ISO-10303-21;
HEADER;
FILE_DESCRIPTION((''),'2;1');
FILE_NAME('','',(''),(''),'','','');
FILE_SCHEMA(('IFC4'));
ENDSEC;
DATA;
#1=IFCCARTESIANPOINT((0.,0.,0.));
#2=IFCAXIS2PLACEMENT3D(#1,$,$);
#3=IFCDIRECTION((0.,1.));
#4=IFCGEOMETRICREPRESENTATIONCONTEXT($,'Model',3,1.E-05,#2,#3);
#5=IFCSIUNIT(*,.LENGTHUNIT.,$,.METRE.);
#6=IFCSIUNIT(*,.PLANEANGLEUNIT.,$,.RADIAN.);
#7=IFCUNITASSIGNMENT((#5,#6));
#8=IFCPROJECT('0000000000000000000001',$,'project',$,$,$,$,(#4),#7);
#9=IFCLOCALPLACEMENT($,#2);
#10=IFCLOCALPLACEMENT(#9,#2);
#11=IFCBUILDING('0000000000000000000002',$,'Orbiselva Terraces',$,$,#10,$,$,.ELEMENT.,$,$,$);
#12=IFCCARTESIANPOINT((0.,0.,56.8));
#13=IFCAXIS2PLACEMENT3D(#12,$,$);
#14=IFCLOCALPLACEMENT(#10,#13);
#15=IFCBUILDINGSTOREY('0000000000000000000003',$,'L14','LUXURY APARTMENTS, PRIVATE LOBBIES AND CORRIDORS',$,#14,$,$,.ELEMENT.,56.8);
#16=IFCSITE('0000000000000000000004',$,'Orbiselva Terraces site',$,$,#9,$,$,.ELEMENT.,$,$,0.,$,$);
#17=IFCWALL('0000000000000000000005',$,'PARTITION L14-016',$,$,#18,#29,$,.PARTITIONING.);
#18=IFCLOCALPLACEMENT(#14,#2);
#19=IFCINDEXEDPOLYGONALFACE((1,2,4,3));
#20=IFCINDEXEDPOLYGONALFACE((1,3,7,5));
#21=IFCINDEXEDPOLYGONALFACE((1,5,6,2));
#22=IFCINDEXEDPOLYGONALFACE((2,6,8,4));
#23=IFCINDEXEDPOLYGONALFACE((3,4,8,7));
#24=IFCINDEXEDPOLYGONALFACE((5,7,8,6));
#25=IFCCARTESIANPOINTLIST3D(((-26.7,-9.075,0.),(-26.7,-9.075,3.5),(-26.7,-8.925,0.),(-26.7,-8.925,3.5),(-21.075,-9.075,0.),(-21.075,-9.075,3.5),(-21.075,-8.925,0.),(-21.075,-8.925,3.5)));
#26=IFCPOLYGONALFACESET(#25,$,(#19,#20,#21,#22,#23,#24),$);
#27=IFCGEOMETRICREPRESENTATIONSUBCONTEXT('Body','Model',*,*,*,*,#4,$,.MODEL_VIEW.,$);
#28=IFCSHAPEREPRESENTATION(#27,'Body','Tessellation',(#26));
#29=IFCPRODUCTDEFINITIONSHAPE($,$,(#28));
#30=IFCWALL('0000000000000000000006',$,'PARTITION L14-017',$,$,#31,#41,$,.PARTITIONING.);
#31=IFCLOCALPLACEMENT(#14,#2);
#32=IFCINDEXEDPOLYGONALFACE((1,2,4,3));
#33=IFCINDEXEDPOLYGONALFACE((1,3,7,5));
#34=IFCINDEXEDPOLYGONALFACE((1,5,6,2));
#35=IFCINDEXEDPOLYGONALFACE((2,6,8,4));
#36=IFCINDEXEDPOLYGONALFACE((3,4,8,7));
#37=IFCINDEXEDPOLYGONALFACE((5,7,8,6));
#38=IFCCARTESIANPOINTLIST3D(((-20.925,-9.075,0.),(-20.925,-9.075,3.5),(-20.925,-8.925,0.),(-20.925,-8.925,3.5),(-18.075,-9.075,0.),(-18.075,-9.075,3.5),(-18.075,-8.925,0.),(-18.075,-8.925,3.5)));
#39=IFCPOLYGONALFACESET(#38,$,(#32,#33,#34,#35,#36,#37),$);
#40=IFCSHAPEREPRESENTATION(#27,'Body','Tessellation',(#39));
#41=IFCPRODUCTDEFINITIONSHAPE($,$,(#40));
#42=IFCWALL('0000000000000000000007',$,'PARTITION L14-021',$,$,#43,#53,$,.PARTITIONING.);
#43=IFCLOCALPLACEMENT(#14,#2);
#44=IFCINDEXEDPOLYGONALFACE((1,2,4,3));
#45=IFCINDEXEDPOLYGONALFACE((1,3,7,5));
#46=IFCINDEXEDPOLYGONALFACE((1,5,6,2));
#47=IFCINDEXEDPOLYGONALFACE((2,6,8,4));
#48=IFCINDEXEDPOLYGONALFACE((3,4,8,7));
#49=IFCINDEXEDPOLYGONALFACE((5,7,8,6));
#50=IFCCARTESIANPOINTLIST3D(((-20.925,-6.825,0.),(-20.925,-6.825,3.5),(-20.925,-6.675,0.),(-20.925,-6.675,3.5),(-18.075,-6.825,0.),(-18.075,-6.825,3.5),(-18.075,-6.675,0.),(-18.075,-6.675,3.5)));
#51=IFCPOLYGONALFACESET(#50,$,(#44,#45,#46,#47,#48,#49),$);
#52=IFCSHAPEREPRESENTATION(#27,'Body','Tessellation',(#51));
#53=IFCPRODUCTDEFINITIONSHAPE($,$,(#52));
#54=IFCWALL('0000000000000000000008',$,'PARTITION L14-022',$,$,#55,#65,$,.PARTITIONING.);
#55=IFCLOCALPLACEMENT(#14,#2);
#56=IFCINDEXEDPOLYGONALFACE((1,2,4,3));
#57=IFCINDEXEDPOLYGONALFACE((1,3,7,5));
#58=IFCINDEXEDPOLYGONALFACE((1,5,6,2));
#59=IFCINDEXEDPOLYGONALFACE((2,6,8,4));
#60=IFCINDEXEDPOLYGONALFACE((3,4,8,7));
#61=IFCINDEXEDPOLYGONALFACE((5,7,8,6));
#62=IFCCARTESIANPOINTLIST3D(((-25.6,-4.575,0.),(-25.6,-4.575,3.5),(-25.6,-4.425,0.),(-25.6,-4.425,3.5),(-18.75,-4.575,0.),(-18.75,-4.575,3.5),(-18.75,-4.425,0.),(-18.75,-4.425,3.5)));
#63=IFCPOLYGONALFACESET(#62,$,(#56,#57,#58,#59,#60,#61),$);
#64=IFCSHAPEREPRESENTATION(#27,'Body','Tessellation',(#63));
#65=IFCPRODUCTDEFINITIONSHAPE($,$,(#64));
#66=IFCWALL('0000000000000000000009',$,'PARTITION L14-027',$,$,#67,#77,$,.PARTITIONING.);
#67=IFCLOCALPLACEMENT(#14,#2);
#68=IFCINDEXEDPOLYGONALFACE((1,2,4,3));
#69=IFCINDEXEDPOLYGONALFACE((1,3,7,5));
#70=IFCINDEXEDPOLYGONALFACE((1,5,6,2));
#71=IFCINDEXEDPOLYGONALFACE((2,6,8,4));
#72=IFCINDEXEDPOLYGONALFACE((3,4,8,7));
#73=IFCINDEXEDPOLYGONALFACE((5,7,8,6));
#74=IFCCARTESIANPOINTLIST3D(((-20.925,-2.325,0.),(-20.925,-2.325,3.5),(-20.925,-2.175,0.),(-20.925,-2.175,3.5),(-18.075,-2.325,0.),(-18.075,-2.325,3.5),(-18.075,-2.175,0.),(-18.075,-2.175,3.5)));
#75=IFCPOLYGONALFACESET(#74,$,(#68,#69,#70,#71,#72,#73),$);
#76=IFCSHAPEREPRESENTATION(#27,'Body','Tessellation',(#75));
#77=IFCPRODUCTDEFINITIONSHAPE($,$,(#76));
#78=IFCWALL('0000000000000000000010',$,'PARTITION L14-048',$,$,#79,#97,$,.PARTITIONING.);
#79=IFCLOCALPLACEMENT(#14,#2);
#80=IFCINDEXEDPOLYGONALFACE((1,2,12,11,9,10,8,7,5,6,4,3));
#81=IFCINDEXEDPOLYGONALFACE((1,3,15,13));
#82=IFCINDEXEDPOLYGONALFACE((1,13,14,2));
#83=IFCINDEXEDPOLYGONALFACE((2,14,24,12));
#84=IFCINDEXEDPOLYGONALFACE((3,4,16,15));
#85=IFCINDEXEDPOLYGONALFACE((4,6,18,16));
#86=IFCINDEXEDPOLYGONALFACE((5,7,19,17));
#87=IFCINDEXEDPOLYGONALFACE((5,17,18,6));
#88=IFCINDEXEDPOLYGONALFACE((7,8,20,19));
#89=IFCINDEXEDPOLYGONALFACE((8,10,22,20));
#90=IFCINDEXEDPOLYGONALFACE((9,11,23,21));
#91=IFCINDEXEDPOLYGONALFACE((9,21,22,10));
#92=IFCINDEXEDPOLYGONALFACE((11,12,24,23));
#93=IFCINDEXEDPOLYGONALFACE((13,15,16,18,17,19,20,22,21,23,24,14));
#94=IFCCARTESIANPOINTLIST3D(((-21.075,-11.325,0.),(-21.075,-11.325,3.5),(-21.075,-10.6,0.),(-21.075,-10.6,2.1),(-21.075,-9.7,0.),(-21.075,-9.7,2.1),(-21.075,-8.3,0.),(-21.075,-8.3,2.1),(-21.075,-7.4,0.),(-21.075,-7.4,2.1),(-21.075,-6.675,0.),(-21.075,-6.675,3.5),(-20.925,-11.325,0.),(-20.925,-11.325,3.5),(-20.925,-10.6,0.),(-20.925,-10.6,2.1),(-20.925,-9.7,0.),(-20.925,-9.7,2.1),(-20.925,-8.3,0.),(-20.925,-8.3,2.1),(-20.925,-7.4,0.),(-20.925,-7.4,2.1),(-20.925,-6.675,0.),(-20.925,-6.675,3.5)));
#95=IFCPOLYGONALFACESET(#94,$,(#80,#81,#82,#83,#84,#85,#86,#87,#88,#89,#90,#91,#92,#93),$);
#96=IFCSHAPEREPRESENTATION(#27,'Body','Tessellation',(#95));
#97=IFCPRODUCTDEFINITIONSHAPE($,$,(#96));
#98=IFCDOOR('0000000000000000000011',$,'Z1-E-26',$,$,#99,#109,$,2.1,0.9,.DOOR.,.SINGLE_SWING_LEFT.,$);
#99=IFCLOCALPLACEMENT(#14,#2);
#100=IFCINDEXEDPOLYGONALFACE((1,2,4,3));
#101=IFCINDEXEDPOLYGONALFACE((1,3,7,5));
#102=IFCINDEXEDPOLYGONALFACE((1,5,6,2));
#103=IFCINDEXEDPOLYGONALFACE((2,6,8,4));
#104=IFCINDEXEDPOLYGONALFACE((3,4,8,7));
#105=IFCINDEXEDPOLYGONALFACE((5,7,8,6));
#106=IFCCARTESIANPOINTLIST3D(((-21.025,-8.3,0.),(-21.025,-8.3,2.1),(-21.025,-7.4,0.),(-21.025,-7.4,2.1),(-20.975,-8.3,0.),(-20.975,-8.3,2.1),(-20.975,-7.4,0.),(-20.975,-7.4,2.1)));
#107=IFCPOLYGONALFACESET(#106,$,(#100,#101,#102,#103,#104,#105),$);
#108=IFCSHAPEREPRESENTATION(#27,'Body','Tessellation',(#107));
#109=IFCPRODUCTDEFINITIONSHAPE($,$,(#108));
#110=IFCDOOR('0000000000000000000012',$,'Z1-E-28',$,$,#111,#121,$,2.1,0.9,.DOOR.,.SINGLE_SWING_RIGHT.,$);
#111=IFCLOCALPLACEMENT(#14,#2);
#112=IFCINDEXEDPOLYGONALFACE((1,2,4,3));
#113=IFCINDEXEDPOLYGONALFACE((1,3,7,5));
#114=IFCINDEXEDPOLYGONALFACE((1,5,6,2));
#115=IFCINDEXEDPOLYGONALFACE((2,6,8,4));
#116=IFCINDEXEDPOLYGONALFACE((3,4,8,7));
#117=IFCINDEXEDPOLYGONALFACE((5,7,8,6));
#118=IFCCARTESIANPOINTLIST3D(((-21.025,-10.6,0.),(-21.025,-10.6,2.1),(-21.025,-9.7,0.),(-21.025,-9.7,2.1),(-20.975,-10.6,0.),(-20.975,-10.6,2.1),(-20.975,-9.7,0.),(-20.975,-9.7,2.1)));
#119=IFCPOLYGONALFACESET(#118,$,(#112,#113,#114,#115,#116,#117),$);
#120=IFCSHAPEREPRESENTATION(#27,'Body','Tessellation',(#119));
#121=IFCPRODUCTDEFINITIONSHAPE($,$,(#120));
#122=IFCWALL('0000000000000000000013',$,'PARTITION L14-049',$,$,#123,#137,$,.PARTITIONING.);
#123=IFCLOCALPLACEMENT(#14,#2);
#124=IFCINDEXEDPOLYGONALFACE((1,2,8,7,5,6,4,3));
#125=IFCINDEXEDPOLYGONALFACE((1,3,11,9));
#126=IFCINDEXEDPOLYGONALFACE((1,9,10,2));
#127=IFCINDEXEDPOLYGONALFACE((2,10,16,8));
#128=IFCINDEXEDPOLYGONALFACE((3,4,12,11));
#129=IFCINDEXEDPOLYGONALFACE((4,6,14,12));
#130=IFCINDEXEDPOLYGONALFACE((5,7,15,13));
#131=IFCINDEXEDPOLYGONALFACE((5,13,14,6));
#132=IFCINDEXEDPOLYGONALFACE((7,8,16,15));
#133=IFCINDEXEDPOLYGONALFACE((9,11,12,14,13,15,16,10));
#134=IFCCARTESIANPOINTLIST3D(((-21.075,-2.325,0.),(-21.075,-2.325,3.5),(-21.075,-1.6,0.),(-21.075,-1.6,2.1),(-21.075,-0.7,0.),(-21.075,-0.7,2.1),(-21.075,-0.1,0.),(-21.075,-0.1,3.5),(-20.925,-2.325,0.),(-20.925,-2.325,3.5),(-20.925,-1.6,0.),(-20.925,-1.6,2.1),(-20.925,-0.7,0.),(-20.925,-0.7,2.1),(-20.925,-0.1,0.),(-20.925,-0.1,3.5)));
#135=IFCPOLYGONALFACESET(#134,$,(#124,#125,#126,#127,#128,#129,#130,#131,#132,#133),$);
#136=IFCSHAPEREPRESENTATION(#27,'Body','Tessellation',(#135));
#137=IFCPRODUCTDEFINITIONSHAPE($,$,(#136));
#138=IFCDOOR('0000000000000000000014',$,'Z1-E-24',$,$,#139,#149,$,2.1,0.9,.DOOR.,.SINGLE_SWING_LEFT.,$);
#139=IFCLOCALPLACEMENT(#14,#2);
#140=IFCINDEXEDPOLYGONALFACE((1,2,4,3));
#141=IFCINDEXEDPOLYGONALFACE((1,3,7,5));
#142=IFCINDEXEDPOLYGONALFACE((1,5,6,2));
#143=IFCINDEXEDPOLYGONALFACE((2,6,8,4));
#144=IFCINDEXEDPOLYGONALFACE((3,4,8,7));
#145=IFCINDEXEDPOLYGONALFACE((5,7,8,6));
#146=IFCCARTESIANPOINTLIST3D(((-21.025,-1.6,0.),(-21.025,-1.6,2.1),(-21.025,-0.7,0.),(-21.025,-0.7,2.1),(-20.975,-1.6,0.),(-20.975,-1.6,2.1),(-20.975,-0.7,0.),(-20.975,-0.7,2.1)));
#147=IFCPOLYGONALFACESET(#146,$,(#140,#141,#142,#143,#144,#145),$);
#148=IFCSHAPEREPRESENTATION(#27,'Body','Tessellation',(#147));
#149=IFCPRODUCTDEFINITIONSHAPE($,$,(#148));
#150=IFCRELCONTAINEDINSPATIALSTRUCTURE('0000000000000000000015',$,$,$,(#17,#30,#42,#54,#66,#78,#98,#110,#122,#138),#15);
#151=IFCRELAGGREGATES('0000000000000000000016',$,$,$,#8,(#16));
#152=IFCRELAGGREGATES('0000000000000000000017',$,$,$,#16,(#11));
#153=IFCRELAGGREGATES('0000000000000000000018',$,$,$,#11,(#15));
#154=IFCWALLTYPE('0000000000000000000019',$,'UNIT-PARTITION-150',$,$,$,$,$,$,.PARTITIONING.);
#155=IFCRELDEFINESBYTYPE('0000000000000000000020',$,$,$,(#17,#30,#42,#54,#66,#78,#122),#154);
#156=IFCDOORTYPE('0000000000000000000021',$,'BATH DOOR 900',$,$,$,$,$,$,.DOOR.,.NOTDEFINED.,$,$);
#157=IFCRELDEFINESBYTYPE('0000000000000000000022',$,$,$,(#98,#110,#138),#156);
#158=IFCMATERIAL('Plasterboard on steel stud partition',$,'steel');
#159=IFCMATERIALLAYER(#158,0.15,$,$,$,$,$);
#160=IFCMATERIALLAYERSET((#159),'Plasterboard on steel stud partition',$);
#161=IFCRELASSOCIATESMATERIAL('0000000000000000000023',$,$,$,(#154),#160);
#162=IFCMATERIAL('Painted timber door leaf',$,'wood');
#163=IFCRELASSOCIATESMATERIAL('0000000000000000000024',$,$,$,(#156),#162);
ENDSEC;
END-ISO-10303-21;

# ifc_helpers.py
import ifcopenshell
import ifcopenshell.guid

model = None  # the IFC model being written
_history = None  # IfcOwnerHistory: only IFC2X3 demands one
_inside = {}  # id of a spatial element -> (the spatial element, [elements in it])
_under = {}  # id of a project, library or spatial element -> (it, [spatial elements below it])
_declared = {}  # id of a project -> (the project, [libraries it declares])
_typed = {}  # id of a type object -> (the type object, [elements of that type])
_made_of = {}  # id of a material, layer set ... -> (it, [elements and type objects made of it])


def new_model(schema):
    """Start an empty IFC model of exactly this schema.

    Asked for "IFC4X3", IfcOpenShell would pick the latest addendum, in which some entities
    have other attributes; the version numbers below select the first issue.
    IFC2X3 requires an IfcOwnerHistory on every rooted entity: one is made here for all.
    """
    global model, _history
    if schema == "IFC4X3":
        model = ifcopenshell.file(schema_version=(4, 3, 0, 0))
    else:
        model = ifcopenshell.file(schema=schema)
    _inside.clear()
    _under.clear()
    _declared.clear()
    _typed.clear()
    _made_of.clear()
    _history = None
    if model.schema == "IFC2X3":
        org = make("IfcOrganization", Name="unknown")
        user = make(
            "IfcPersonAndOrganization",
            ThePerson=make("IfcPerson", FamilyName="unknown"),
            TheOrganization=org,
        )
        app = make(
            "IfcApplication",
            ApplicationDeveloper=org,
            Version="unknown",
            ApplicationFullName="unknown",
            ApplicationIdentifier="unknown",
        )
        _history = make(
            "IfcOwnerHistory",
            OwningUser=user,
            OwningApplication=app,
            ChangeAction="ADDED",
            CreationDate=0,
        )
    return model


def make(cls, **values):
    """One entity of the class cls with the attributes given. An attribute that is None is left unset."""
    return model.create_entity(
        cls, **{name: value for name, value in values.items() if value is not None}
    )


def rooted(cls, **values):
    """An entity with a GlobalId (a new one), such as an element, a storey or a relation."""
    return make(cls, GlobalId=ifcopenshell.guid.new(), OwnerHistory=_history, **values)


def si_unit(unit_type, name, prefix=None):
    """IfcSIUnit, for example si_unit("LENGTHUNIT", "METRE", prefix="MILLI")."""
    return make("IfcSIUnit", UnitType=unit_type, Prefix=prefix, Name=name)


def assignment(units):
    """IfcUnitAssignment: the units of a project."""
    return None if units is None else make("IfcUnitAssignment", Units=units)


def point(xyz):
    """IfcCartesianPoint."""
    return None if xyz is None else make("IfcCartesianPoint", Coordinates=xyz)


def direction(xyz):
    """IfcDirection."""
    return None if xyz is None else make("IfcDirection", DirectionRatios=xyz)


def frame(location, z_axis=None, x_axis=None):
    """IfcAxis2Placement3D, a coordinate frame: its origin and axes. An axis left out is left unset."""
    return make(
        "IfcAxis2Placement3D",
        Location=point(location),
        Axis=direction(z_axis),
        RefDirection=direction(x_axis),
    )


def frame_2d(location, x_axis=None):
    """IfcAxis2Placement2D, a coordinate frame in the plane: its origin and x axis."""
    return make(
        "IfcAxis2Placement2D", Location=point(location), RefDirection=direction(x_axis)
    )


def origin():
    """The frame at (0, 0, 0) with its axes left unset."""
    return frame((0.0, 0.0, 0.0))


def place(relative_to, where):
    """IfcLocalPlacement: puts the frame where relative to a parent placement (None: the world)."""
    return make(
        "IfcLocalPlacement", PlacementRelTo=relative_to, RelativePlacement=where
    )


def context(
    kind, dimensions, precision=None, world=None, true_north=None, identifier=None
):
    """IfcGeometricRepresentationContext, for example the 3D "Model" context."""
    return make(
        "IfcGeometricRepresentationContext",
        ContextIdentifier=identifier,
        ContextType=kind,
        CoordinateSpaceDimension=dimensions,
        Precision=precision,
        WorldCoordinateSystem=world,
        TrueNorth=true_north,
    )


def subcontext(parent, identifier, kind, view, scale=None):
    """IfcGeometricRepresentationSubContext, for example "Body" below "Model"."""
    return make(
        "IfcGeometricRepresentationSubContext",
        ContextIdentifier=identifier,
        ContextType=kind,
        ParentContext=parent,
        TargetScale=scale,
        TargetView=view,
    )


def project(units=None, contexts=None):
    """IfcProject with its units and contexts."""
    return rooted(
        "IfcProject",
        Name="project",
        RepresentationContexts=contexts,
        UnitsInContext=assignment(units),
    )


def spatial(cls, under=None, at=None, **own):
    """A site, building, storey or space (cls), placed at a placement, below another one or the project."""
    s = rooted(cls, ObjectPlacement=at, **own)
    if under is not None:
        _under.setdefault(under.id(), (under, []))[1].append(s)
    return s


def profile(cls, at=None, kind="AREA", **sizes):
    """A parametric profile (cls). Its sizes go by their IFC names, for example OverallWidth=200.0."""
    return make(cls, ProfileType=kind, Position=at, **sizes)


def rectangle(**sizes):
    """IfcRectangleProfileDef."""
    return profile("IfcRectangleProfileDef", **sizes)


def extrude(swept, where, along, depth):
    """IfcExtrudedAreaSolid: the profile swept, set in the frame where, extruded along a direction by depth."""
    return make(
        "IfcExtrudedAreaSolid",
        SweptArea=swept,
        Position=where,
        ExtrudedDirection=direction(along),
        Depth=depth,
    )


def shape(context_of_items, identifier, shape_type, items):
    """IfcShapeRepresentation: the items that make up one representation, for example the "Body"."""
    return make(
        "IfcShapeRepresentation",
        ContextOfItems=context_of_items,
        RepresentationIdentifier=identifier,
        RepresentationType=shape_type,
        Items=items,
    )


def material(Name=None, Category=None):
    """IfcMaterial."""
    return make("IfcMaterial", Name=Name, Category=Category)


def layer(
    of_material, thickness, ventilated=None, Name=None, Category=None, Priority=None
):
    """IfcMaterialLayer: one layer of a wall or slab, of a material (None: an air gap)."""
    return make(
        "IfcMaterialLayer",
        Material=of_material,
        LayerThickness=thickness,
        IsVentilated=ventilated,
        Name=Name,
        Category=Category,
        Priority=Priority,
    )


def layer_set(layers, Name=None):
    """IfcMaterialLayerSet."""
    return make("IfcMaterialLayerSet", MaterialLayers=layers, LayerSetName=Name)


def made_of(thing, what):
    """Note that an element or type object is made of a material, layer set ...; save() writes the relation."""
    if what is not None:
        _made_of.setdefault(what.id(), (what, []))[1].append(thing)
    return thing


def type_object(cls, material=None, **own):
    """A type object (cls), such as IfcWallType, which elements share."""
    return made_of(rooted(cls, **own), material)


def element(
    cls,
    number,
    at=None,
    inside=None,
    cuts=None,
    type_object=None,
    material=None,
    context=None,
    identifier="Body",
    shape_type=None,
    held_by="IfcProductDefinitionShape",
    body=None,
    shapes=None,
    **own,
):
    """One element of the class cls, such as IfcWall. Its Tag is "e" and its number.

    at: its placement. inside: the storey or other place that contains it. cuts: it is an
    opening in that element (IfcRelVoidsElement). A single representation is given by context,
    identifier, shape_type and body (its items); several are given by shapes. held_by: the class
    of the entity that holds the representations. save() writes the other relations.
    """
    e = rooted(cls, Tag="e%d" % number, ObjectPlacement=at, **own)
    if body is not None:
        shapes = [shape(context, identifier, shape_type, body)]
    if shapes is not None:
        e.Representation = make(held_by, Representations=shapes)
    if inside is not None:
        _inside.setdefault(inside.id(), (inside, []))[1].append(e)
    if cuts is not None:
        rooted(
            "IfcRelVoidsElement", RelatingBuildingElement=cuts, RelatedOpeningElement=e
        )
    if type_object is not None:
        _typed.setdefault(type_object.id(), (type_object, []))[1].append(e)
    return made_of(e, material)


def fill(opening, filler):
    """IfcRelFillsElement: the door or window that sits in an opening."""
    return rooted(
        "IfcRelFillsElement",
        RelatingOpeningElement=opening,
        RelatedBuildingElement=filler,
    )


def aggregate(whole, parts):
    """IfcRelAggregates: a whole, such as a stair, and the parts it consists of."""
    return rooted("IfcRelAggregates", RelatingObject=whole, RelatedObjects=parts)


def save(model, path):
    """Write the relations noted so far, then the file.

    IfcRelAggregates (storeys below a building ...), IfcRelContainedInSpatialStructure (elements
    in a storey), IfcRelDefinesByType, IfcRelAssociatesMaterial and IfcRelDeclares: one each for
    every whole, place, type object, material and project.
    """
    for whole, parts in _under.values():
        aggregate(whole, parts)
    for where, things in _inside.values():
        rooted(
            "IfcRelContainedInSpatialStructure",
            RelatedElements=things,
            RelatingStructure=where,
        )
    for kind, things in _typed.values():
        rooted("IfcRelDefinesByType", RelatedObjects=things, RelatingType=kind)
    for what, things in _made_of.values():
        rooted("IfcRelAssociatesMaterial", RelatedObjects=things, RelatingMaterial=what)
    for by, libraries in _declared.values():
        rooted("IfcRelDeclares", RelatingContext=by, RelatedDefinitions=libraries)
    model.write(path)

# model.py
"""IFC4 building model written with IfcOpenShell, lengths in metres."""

from ifc_helpers import new_model, si_unit, direction, frame, frame_2d, origin, place, context, subcontext, project, spatial, rectangle, extrude, material, layer, layer_set, type_object, element, fill, save


model = new_model("IFC4")

# Units and contexts
model_context = context("Model", 3, precision=1e-05, world=origin(), true_north=direction((0.0, 1.0)))
body_context = subcontext(model_context, "Body", "Model", "MODEL_VIEW")
ifc_project = project(units=[si_unit("LENGTHUNIT", "METRE"), si_unit("PLANEANGLEUNIT", "RADIAN")], contexts=[model_context])

# Site, building, storey
site_placement = place(None, origin())
site = spatial("IfcSite", under=ifc_project, at=site_placement, Name="Orbiselva Terraces site", CompositionType="ELEMENT", RefElevation=0.0)
building_placement = place(site_placement, origin())
building = spatial("IfcBuilding", under=site, at=building_placement, Name="Orbiselva Terraces", CompositionType="ELEMENT")
storey_placement = place(building_placement, frame((0.0, 0.0, 56.8)))
storey = spatial("IfcBuildingStorey", under=building, at=storey_placement, Name="L14", Description="LUXURY APARTMENTS, PRIVATE LOBBIES AND CORRIDORS", CompositionType="ELEMENT", Elevation=56.8)

# Walls
ifc_material_1 = material(Name="Plasterboard on steel stud partition", Category="steel")
ifc_layer_1 = layer(ifc_material_1, 0.15)
ifc_layer_set_1 = layer_set([ifc_layer_1], Name="Plasterboard on steel stud partition")
wall_type_1 = type_object("IfcWallType", Name="UNIT-PARTITION-150", PredefinedType="PARTITIONING", material=ifc_layer_set_1)
wall_1_placement = place(storey_placement, frame((-26.7, -9.0, 0.0), z_axis=(0.0, 0.0, 1.0), x_axis=(1.0, 0.0, 0.0)))
element("IfcWall", 1, at=wall_1_placement, inside=storey, type_object=wall_type_1, Name="PARTITION L14-016", PredefinedType="PARTITIONING", context=body_context, shape_type="SweptSolid", body=[
    extrude(rectangle(XDim=5.625, YDim=0.15, at=frame_2d((2.8125, 0.0))), origin(), (0.0, 0.0, 1.0), 3.5),
])
for number, where, z_axis, x_axis, name in (
    (2, (-20.925, -9.0, 0.0), (0.0, 0.0, 1.0), (1.0, 0.0, 0.0), "PARTITION L14-017"),
    (3, (-20.925, -6.75, 0.0), (0.0, 0.0, 1.0), (1.0, 0.0, 0.0), "PARTITION L14-021"),
):
    element("IfcWall", number, at=place(storey_placement, frame(where, z_axis=z_axis, x_axis=x_axis)), inside=storey, type_object=wall_type_1, Name=name, PredefinedType="PARTITIONING", context=body_context, shape_type="SweptSolid", body=[
        extrude(rectangle(XDim=2.85, YDim=0.15, at=frame_2d((1.425, 0.0))), origin(), (0.0, 0.0, 1.0), 3.5),
    ])
wall_2_placement = place(storey_placement, frame((-25.6, -4.5, 0.0), z_axis=(0.0, 0.0, 1.0), x_axis=(1.0, 0.0, 0.0)))
element("IfcWall", 4, at=wall_2_placement, inside=storey, type_object=wall_type_1, Name="PARTITION L14-022", PredefinedType="PARTITIONING", context=body_context, shape_type="SweptSolid", body=[
    extrude(rectangle(XDim=6.85, YDim=0.15, at=frame_2d((3.425, 0.0))), origin(), (0.0, 0.0, 1.0), 3.5),
])
wall_3_placement = place(storey_placement, frame((-20.925, -2.25, 0.0), z_axis=(0.0, 0.0, 1.0), x_axis=(1.0, 0.0, 0.0)))
element("IfcWall", 5, at=wall_3_placement, inside=storey, type_object=wall_type_1, Name="PARTITION L14-027", PredefinedType="PARTITIONING", context=body_context, shape_type="SweptSolid", body=[
    extrude(rectangle(XDim=2.85, YDim=0.15, at=frame_2d((1.425, 0.0))), origin(), (0.0, 0.0, 1.0), 3.5),
])

# Wall, openings, doors
wall_4_placement = place(storey_placement, frame((-21.0, -6.675, 0.0), z_axis=(0.0, 0.0, 1.0), x_axis=(0.0, -1.0, 0.0)))
wall_4 = element("IfcWall", 6, at=wall_4_placement, inside=storey, type_object=wall_type_1, Name="PARTITION L14-048", PredefinedType="PARTITIONING", context=body_context, shape_type="SweptSolid", body=[
    extrude(rectangle(XDim=4.65, YDim=0.15, at=frame_2d((2.325, 0.0))), origin(), (0.0, 0.0, 1.0), 3.5),
])
opening_1_placement = place(wall_4_placement, frame((0.725, 0.0, 0.0)))
opening_1 = element("IfcOpeningElement", 7, at=opening_1_placement, cuts=wall_4, PredefinedType="OPENING", context=body_context, shape_type="SweptSolid", body=[
    extrude(rectangle(XDim=0.9, YDim=2.1, at=frame_2d((0.45, 1.05))), frame((0.0, 0.085, 0.0), z_axis=(0.0, -1.0, 0.0), x_axis=(1.0, 0.0, 0.0)), (0.0, 0.0, 1.0), 0.17),
])
opening_2_placement = place(wall_4_placement, frame((3.025, 0.0, 0.0)))
opening_2 = element("IfcOpeningElement", 8, at=opening_2_placement, cuts=wall_4, PredefinedType="OPENING", context=body_context, shape_type="SweptSolid", body=[
    extrude(rectangle(XDim=0.9, YDim=2.1, at=frame_2d((0.45, 1.05))), frame((0.0, 0.085, 0.0), z_axis=(0.0, -1.0, 0.0), x_axis=(1.0, 0.0, 0.0)), (0.0, 0.0, 1.0), 0.17),
])
ifc_material_2 = material(Name="Painted timber door leaf", Category="wood")
door_type_1 = type_object("IfcDoorType", Name="BATH DOOR 900", OperationType="NOTDEFINED", PredefinedType="DOOR", material=ifc_material_2)
door_1_placement = place(opening_1_placement, origin())
door_1 = element("IfcDoor", 9, at=door_1_placement, inside=storey, type_object=door_type_1, Name="Z1-E-26", OperationType="SINGLE_SWING_LEFT", OverallHeight=2.1, OverallWidth=0.9, PredefinedType="DOOR", context=body_context, shape_type="SweptSolid", body=[
    extrude(rectangle(XDim=0.9, YDim=2.1, at=frame_2d((0.45, 1.05))), frame((0.0, 0.025, 0.0), z_axis=(0.0, -1.0, 0.0), x_axis=(1.0, 0.0, 0.0)), (0.0, 0.0, 1.0), 0.05),
])
fill(opening_1, door_1)
door_2_placement = place(opening_2_placement, origin())
door_2 = element("IfcDoor", 10, at=door_2_placement, inside=storey, type_object=door_type_1, Name="Z1-E-28", OperationType="SINGLE_SWING_RIGHT", OverallHeight=2.1, OverallWidth=0.9, PredefinedType="DOOR", context=body_context, shape_type="SweptSolid", body=[
    extrude(rectangle(XDim=0.9, YDim=2.1, at=frame_2d((0.45, 1.05))), frame((0.0, 0.025, 0.0), z_axis=(0.0, -1.0, 0.0), x_axis=(1.0, 0.0, 0.0)), (0.0, 0.0, 1.0), 0.05),
])
fill(opening_2, door_2)

# Wall, opening, door
wall_5_placement = place(storey_placement, frame((-21.0, -0.1, 0.0), z_axis=(0.0, 0.0, 1.0), x_axis=(0.0, -1.0, 0.0)))
wall_5 = element("IfcWall", 11, at=wall_5_placement, inside=storey, type_object=wall_type_1, Name="PARTITION L14-049", PredefinedType="PARTITIONING", context=body_context, shape_type="SweptSolid", body=[
    extrude(rectangle(XDim=2.225, YDim=0.15, at=frame_2d((1.1125, 0.0))), origin(), (0.0, 0.0, 1.0), 3.5),
])
opening_3_placement = place(wall_5_placement, frame((0.6, 0.0, 0.0)))
opening_3 = element("IfcOpeningElement", 12, at=opening_3_placement, cuts=wall_5, PredefinedType="OPENING", context=body_context, shape_type="SweptSolid", body=[
    extrude(rectangle(XDim=0.9, YDim=2.1, at=frame_2d((0.45, 1.05))), frame((0.0, 0.085, 0.0), z_axis=(0.0, -1.0, 0.0), x_axis=(1.0, 0.0, 0.0)), (0.0, 0.0, 1.0), 0.17),
])
door_3_placement = place(opening_3_placement, origin())
door_3 = element("IfcDoor", 13, at=door_3_placement, inside=storey, type_object=door_type_1, Name="Z1-E-24", OperationType="SINGLE_SWING_LEFT", OverallHeight=2.1, OverallWidth=0.9, PredefinedType="DOOR", context=body_context, shape_type="SweptSolid", body=[
    extrude(rectangle(XDim=0.9, YDim=2.1, at=frame_2d((0.45, 1.05))), frame((0.0, 0.025, 0.0), z_axis=(0.0, -1.0, 0.0), x_axis=(1.0, 0.0, 0.0)), (0.0, 0.0, 1.0), 0.05),
])
fill(opening_3, door_3)

save(model, "model.ifc")
